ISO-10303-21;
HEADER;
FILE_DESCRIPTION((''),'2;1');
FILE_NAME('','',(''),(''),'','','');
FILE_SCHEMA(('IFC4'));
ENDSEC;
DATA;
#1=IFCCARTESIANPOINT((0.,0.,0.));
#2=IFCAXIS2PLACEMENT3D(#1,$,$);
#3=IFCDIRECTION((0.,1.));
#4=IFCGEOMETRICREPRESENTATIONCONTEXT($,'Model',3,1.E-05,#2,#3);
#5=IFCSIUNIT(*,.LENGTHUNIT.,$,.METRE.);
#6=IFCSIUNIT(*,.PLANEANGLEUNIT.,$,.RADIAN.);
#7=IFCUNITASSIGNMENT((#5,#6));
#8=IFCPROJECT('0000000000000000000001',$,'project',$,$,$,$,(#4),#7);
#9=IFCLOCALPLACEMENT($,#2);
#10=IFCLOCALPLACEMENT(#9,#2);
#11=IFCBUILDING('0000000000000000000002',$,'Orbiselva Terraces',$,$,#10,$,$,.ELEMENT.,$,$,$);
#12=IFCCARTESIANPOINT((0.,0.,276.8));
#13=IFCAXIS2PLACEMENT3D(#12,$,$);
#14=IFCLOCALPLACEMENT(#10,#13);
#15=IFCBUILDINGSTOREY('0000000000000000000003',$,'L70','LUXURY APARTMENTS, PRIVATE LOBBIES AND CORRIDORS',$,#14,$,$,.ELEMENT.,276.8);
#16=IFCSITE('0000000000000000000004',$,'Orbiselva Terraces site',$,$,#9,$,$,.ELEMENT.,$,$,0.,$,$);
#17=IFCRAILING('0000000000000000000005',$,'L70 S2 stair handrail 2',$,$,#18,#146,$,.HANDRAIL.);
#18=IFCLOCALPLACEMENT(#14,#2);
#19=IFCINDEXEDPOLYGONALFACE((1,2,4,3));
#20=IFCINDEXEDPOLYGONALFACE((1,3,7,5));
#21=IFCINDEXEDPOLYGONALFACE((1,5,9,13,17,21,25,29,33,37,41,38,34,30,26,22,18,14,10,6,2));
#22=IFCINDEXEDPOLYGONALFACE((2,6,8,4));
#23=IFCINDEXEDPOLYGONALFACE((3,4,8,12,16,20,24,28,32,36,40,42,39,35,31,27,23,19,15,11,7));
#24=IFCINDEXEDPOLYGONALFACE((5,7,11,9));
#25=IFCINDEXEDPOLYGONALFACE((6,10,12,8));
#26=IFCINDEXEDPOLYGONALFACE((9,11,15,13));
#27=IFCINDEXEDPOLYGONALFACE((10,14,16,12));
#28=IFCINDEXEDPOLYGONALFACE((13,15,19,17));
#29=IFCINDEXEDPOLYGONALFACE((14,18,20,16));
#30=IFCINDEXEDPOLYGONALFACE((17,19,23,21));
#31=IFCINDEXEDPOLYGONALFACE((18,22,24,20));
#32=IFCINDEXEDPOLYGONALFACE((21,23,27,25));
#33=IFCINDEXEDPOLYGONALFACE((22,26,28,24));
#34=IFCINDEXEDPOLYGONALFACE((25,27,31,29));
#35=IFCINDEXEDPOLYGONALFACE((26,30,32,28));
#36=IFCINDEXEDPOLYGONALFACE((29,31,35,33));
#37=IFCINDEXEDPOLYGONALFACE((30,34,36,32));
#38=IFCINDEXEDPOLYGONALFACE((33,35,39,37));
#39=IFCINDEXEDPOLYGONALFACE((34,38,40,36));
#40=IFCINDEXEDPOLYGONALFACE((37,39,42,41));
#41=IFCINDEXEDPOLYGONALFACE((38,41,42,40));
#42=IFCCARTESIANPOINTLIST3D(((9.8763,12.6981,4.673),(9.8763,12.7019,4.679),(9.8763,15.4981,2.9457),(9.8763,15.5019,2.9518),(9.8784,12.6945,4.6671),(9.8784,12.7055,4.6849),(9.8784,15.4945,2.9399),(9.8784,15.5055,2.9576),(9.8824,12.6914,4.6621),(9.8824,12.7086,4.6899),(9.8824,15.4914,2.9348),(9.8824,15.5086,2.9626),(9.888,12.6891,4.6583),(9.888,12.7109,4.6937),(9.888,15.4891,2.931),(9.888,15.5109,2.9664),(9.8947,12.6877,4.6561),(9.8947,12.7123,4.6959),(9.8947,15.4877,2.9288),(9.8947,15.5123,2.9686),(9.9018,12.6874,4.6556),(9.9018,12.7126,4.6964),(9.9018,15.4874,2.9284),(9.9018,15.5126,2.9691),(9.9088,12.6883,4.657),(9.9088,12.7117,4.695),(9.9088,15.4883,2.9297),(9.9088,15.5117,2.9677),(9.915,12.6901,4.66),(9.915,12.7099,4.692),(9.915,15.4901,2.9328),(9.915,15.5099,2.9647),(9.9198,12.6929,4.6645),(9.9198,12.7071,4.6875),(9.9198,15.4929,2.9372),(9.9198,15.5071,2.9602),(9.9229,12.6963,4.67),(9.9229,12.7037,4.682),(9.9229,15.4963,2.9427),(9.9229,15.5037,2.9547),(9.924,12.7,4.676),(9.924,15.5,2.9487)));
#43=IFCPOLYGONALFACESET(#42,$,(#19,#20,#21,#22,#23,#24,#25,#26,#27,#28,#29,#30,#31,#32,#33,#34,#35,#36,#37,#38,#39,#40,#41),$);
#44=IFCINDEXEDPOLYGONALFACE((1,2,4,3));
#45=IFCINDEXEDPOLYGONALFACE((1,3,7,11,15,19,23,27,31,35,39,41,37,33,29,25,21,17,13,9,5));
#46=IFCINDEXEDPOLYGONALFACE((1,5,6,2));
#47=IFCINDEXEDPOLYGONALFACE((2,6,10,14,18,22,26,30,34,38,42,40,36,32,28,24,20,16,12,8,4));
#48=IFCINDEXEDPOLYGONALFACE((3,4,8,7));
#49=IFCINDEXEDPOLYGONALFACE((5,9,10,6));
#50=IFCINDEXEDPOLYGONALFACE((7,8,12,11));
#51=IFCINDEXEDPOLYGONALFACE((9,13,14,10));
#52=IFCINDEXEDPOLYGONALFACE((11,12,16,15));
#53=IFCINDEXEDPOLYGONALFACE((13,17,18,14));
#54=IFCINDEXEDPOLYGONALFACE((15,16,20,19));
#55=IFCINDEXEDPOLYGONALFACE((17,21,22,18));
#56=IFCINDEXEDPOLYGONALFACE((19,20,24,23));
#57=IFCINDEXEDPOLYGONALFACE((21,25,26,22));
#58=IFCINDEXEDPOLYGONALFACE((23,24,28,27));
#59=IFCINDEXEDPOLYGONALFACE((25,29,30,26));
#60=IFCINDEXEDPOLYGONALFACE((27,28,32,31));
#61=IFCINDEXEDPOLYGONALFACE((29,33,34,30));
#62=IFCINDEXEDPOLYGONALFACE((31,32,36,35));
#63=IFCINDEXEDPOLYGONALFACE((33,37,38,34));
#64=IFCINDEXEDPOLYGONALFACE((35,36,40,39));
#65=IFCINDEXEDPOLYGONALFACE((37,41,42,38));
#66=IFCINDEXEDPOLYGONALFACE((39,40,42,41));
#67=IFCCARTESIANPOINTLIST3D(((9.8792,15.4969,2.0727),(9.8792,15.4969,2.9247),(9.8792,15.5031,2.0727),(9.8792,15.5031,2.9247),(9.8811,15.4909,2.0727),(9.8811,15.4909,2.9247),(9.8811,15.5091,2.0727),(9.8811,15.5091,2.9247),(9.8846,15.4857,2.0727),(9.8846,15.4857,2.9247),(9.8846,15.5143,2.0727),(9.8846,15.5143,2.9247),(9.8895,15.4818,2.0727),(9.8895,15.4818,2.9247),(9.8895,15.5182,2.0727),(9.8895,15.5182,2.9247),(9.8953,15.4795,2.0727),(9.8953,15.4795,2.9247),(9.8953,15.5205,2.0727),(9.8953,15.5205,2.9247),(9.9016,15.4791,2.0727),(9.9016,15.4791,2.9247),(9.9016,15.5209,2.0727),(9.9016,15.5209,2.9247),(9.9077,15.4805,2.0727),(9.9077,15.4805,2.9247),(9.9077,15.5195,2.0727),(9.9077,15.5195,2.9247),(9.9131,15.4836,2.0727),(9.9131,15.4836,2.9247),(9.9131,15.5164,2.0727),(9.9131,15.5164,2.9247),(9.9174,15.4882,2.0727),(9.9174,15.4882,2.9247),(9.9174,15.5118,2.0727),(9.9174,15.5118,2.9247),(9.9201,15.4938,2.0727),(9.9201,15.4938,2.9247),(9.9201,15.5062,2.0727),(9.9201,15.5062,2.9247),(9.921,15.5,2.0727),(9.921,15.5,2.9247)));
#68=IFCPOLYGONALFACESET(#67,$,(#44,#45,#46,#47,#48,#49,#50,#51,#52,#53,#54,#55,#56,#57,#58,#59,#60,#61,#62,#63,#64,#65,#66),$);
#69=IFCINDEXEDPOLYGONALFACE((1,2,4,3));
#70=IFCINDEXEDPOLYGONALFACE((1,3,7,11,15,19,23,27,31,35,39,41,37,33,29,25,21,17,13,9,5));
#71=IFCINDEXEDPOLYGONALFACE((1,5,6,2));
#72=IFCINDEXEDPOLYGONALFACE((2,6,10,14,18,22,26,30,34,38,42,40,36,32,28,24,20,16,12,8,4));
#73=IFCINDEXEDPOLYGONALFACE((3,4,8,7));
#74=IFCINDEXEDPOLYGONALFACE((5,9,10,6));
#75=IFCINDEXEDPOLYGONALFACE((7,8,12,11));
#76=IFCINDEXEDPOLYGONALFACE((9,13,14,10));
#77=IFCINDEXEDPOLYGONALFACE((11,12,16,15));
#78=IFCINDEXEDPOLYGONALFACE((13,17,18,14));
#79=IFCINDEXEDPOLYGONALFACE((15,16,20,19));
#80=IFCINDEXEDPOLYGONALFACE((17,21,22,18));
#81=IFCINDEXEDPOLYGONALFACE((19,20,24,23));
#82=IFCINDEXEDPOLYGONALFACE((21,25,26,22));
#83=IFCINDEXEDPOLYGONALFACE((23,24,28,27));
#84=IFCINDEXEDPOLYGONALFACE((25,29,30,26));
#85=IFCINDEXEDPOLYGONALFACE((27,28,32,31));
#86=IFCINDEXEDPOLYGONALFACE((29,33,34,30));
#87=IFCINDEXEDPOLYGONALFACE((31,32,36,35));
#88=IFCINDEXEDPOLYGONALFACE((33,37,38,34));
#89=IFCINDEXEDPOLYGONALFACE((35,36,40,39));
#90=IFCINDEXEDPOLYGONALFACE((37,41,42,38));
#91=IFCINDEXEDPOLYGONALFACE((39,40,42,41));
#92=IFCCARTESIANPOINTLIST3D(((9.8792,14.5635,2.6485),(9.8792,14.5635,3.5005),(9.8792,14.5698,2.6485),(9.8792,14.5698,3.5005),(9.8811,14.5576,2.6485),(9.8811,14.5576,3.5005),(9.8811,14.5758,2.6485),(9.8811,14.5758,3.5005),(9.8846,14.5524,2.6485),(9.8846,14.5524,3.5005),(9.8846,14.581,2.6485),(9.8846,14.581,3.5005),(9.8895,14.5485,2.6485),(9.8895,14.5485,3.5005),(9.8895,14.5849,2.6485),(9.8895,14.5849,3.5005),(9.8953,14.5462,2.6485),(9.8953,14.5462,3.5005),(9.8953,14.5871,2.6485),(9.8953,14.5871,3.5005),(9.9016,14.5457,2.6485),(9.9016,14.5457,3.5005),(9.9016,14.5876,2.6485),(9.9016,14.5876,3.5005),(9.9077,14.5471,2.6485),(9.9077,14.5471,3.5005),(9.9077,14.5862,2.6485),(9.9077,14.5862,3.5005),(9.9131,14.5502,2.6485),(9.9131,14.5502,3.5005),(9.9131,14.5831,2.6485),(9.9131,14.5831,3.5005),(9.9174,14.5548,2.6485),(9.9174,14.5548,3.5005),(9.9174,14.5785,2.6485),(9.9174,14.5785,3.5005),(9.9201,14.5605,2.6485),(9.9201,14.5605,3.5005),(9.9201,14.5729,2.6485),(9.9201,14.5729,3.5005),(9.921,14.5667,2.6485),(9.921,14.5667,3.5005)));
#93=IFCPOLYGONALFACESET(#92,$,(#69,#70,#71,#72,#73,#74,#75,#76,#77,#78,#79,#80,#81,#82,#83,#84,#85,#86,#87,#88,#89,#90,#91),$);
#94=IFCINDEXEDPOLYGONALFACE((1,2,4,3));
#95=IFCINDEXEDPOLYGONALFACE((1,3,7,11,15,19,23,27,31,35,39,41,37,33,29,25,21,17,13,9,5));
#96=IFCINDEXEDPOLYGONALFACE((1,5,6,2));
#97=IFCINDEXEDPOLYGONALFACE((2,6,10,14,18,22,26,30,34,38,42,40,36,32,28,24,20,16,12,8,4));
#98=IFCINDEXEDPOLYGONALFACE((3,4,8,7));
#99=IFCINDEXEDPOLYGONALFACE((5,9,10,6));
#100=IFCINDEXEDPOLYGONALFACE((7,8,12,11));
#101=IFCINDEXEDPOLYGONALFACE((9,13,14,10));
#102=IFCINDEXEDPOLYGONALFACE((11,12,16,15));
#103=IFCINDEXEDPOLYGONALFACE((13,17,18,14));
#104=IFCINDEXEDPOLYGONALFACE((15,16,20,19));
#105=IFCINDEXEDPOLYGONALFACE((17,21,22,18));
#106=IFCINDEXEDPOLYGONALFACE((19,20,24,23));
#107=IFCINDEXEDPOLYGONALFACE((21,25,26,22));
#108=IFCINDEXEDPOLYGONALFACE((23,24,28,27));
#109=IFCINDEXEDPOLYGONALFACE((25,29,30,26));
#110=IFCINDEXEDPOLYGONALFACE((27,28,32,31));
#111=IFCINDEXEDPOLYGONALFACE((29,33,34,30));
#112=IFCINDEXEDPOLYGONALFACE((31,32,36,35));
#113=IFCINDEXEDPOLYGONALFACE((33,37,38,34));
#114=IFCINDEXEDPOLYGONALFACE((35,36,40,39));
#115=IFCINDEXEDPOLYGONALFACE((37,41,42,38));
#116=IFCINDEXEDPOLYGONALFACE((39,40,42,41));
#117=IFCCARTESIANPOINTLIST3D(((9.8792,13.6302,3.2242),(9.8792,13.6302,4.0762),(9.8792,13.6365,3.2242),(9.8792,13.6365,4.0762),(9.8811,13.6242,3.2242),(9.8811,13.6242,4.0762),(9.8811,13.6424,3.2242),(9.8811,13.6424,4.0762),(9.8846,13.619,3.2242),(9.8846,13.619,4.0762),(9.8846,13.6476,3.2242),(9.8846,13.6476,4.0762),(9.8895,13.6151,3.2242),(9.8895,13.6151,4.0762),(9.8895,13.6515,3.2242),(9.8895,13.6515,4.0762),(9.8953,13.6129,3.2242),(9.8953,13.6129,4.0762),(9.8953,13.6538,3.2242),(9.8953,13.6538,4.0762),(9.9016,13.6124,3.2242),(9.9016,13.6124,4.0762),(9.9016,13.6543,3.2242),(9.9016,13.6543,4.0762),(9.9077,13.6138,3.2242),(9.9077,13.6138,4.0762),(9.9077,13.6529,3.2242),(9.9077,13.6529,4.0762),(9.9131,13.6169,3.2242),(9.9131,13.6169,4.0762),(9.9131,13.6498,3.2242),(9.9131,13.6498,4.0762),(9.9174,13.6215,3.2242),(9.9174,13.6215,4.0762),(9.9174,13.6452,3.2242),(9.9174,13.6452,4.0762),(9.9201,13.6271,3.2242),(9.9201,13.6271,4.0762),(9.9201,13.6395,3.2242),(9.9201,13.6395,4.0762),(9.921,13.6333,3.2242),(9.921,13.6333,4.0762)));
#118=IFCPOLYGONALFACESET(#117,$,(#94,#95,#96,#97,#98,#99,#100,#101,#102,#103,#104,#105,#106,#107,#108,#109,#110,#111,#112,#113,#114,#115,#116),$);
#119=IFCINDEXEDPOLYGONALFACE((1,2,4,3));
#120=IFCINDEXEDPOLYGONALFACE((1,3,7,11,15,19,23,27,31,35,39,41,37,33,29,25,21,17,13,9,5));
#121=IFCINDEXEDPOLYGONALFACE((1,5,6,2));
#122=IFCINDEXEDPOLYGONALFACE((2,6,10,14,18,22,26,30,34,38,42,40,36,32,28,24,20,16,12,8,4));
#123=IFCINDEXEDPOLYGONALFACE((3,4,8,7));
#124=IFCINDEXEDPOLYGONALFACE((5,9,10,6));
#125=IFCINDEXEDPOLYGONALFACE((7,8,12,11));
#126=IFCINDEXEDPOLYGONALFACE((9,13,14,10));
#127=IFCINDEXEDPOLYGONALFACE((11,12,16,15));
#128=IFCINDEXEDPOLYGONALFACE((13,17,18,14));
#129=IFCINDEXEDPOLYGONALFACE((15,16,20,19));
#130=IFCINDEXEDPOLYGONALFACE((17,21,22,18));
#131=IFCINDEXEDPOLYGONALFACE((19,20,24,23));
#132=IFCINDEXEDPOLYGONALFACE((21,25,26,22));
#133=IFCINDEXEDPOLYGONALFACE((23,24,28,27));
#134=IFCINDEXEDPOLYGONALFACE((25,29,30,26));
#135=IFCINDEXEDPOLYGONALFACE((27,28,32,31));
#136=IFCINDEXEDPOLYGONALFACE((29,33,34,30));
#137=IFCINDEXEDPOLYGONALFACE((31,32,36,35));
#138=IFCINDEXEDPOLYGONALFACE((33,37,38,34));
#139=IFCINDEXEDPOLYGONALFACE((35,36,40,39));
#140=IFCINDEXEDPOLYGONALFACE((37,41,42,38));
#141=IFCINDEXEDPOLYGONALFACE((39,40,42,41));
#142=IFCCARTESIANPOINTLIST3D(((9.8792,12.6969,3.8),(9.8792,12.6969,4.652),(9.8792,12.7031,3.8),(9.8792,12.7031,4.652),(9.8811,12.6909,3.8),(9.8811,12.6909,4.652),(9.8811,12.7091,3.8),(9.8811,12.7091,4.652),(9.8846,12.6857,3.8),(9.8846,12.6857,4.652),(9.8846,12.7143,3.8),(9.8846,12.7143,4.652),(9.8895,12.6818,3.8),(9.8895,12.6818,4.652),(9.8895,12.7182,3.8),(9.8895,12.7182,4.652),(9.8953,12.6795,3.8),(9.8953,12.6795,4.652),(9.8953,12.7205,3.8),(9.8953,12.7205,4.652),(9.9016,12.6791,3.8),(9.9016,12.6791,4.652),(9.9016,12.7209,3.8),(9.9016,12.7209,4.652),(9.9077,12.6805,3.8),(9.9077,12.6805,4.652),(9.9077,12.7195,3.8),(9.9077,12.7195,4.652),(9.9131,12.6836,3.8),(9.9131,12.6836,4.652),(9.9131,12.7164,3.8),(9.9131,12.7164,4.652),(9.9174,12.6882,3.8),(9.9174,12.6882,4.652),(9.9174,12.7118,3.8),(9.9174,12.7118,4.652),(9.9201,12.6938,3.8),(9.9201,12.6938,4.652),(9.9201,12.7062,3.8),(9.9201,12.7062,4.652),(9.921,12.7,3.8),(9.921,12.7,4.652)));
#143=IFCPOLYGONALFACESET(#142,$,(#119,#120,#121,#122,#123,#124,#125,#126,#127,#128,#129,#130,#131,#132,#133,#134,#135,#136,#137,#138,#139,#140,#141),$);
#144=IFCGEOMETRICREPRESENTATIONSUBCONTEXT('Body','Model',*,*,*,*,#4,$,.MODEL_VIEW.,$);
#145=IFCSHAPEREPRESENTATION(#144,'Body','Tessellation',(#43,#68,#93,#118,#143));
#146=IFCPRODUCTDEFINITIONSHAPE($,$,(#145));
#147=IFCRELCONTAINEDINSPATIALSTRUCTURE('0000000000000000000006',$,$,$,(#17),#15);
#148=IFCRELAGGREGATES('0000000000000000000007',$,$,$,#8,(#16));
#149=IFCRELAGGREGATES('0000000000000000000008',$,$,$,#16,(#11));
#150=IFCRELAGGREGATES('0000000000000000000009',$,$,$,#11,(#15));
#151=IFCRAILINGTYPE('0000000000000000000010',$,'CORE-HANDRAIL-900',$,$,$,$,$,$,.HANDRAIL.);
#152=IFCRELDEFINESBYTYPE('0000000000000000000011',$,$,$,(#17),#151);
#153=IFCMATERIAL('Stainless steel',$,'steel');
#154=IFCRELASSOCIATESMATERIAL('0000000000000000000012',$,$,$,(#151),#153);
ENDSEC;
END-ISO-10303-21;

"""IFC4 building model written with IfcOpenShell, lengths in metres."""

from ifc_helpers import new_model, si_unit, direction, frame, origin, origin_2d, place, context, subcontext, project, spatial, circle, extrude, material, type_object, element, save


model = new_model("IFC4")

# Units and contexts
model_context = context("Model", 3, precision=1e-05, world=origin(), true_north=direction((0.0, 1.0)))
body_context = subcontext(model_context, "Body", "Model", "MODEL_VIEW")
ifc_project = project(units=[si_unit("LENGTHUNIT", "METRE"), si_unit("PLANEANGLEUNIT", "RADIAN")], contexts=[model_context])

# Site, building, storey
site_placement = place(None, origin())
site = spatial("IfcSite", under=ifc_project, at=site_placement, Name="Orbiselva Terraces site", CompositionType="ELEMENT", RefElevation=0.0)
building_placement = place(site_placement, origin())
building = spatial("IfcBuilding", under=site, at=building_placement, Name="Orbiselva Terraces", CompositionType="ELEMENT")
storey_placement = place(building_placement, frame((0.0, 0.0, 276.8)))
storey = spatial("IfcBuildingStorey", under=building, at=storey_placement, Name="L70", Description="LUXURY APARTMENTS, PRIVATE LOBBIES AND CORRIDORS", CompositionType="ELEMENT", Elevation=276.8)

# Railing
ifc_material_1 = material(Name="Stainless steel", Category="steel")
railing_type = type_object("IfcRailingType", Name="CORE-HANDRAIL-900", PredefinedType="HANDRAIL", material=ifc_material_1)
railing_1_placement = place(storey_placement, frame((9.9, 15.5, 2.0727)))
element("IfcRailing", 1, at=railing_1_placement, inside=storey, type_object=railing_type, Name="L70 S2 stair handrail 2", PredefinedType="HANDRAIL", context=body_context, shape_type="SweptSolid", body=[
    extrude(circle(Radius=0.024, at=origin_2d()), frame((0.0, 0.0, 0.876), z_axis=(0.0, -0.851089, 0.525022), x_axis=(1.0, 0.0, 0.0)), (0.0, 0.0, 1.0), 3.2899),
    extrude(circle(Radius=0.021, at=origin_2d()), origin(), (0.0, 0.0, 1.0), 0.852),
    extrude(circle(Radius=0.021, at=origin_2d()), frame((0.0, -0.9333, 0.5758)), (0.0, 0.0, 1.0), 0.852),
    extrude(circle(Radius=0.021, at=origin_2d()), frame((0.0, -1.8667, 1.1515)), (0.0, 0.0, 1.0), 0.852),
    extrude(circle(Radius=0.021, at=origin_2d()), frame((0.0, -2.8, 1.7273)), (0.0, 0.0, 1.0), 0.852),
])

save(model, "model.ifc")
